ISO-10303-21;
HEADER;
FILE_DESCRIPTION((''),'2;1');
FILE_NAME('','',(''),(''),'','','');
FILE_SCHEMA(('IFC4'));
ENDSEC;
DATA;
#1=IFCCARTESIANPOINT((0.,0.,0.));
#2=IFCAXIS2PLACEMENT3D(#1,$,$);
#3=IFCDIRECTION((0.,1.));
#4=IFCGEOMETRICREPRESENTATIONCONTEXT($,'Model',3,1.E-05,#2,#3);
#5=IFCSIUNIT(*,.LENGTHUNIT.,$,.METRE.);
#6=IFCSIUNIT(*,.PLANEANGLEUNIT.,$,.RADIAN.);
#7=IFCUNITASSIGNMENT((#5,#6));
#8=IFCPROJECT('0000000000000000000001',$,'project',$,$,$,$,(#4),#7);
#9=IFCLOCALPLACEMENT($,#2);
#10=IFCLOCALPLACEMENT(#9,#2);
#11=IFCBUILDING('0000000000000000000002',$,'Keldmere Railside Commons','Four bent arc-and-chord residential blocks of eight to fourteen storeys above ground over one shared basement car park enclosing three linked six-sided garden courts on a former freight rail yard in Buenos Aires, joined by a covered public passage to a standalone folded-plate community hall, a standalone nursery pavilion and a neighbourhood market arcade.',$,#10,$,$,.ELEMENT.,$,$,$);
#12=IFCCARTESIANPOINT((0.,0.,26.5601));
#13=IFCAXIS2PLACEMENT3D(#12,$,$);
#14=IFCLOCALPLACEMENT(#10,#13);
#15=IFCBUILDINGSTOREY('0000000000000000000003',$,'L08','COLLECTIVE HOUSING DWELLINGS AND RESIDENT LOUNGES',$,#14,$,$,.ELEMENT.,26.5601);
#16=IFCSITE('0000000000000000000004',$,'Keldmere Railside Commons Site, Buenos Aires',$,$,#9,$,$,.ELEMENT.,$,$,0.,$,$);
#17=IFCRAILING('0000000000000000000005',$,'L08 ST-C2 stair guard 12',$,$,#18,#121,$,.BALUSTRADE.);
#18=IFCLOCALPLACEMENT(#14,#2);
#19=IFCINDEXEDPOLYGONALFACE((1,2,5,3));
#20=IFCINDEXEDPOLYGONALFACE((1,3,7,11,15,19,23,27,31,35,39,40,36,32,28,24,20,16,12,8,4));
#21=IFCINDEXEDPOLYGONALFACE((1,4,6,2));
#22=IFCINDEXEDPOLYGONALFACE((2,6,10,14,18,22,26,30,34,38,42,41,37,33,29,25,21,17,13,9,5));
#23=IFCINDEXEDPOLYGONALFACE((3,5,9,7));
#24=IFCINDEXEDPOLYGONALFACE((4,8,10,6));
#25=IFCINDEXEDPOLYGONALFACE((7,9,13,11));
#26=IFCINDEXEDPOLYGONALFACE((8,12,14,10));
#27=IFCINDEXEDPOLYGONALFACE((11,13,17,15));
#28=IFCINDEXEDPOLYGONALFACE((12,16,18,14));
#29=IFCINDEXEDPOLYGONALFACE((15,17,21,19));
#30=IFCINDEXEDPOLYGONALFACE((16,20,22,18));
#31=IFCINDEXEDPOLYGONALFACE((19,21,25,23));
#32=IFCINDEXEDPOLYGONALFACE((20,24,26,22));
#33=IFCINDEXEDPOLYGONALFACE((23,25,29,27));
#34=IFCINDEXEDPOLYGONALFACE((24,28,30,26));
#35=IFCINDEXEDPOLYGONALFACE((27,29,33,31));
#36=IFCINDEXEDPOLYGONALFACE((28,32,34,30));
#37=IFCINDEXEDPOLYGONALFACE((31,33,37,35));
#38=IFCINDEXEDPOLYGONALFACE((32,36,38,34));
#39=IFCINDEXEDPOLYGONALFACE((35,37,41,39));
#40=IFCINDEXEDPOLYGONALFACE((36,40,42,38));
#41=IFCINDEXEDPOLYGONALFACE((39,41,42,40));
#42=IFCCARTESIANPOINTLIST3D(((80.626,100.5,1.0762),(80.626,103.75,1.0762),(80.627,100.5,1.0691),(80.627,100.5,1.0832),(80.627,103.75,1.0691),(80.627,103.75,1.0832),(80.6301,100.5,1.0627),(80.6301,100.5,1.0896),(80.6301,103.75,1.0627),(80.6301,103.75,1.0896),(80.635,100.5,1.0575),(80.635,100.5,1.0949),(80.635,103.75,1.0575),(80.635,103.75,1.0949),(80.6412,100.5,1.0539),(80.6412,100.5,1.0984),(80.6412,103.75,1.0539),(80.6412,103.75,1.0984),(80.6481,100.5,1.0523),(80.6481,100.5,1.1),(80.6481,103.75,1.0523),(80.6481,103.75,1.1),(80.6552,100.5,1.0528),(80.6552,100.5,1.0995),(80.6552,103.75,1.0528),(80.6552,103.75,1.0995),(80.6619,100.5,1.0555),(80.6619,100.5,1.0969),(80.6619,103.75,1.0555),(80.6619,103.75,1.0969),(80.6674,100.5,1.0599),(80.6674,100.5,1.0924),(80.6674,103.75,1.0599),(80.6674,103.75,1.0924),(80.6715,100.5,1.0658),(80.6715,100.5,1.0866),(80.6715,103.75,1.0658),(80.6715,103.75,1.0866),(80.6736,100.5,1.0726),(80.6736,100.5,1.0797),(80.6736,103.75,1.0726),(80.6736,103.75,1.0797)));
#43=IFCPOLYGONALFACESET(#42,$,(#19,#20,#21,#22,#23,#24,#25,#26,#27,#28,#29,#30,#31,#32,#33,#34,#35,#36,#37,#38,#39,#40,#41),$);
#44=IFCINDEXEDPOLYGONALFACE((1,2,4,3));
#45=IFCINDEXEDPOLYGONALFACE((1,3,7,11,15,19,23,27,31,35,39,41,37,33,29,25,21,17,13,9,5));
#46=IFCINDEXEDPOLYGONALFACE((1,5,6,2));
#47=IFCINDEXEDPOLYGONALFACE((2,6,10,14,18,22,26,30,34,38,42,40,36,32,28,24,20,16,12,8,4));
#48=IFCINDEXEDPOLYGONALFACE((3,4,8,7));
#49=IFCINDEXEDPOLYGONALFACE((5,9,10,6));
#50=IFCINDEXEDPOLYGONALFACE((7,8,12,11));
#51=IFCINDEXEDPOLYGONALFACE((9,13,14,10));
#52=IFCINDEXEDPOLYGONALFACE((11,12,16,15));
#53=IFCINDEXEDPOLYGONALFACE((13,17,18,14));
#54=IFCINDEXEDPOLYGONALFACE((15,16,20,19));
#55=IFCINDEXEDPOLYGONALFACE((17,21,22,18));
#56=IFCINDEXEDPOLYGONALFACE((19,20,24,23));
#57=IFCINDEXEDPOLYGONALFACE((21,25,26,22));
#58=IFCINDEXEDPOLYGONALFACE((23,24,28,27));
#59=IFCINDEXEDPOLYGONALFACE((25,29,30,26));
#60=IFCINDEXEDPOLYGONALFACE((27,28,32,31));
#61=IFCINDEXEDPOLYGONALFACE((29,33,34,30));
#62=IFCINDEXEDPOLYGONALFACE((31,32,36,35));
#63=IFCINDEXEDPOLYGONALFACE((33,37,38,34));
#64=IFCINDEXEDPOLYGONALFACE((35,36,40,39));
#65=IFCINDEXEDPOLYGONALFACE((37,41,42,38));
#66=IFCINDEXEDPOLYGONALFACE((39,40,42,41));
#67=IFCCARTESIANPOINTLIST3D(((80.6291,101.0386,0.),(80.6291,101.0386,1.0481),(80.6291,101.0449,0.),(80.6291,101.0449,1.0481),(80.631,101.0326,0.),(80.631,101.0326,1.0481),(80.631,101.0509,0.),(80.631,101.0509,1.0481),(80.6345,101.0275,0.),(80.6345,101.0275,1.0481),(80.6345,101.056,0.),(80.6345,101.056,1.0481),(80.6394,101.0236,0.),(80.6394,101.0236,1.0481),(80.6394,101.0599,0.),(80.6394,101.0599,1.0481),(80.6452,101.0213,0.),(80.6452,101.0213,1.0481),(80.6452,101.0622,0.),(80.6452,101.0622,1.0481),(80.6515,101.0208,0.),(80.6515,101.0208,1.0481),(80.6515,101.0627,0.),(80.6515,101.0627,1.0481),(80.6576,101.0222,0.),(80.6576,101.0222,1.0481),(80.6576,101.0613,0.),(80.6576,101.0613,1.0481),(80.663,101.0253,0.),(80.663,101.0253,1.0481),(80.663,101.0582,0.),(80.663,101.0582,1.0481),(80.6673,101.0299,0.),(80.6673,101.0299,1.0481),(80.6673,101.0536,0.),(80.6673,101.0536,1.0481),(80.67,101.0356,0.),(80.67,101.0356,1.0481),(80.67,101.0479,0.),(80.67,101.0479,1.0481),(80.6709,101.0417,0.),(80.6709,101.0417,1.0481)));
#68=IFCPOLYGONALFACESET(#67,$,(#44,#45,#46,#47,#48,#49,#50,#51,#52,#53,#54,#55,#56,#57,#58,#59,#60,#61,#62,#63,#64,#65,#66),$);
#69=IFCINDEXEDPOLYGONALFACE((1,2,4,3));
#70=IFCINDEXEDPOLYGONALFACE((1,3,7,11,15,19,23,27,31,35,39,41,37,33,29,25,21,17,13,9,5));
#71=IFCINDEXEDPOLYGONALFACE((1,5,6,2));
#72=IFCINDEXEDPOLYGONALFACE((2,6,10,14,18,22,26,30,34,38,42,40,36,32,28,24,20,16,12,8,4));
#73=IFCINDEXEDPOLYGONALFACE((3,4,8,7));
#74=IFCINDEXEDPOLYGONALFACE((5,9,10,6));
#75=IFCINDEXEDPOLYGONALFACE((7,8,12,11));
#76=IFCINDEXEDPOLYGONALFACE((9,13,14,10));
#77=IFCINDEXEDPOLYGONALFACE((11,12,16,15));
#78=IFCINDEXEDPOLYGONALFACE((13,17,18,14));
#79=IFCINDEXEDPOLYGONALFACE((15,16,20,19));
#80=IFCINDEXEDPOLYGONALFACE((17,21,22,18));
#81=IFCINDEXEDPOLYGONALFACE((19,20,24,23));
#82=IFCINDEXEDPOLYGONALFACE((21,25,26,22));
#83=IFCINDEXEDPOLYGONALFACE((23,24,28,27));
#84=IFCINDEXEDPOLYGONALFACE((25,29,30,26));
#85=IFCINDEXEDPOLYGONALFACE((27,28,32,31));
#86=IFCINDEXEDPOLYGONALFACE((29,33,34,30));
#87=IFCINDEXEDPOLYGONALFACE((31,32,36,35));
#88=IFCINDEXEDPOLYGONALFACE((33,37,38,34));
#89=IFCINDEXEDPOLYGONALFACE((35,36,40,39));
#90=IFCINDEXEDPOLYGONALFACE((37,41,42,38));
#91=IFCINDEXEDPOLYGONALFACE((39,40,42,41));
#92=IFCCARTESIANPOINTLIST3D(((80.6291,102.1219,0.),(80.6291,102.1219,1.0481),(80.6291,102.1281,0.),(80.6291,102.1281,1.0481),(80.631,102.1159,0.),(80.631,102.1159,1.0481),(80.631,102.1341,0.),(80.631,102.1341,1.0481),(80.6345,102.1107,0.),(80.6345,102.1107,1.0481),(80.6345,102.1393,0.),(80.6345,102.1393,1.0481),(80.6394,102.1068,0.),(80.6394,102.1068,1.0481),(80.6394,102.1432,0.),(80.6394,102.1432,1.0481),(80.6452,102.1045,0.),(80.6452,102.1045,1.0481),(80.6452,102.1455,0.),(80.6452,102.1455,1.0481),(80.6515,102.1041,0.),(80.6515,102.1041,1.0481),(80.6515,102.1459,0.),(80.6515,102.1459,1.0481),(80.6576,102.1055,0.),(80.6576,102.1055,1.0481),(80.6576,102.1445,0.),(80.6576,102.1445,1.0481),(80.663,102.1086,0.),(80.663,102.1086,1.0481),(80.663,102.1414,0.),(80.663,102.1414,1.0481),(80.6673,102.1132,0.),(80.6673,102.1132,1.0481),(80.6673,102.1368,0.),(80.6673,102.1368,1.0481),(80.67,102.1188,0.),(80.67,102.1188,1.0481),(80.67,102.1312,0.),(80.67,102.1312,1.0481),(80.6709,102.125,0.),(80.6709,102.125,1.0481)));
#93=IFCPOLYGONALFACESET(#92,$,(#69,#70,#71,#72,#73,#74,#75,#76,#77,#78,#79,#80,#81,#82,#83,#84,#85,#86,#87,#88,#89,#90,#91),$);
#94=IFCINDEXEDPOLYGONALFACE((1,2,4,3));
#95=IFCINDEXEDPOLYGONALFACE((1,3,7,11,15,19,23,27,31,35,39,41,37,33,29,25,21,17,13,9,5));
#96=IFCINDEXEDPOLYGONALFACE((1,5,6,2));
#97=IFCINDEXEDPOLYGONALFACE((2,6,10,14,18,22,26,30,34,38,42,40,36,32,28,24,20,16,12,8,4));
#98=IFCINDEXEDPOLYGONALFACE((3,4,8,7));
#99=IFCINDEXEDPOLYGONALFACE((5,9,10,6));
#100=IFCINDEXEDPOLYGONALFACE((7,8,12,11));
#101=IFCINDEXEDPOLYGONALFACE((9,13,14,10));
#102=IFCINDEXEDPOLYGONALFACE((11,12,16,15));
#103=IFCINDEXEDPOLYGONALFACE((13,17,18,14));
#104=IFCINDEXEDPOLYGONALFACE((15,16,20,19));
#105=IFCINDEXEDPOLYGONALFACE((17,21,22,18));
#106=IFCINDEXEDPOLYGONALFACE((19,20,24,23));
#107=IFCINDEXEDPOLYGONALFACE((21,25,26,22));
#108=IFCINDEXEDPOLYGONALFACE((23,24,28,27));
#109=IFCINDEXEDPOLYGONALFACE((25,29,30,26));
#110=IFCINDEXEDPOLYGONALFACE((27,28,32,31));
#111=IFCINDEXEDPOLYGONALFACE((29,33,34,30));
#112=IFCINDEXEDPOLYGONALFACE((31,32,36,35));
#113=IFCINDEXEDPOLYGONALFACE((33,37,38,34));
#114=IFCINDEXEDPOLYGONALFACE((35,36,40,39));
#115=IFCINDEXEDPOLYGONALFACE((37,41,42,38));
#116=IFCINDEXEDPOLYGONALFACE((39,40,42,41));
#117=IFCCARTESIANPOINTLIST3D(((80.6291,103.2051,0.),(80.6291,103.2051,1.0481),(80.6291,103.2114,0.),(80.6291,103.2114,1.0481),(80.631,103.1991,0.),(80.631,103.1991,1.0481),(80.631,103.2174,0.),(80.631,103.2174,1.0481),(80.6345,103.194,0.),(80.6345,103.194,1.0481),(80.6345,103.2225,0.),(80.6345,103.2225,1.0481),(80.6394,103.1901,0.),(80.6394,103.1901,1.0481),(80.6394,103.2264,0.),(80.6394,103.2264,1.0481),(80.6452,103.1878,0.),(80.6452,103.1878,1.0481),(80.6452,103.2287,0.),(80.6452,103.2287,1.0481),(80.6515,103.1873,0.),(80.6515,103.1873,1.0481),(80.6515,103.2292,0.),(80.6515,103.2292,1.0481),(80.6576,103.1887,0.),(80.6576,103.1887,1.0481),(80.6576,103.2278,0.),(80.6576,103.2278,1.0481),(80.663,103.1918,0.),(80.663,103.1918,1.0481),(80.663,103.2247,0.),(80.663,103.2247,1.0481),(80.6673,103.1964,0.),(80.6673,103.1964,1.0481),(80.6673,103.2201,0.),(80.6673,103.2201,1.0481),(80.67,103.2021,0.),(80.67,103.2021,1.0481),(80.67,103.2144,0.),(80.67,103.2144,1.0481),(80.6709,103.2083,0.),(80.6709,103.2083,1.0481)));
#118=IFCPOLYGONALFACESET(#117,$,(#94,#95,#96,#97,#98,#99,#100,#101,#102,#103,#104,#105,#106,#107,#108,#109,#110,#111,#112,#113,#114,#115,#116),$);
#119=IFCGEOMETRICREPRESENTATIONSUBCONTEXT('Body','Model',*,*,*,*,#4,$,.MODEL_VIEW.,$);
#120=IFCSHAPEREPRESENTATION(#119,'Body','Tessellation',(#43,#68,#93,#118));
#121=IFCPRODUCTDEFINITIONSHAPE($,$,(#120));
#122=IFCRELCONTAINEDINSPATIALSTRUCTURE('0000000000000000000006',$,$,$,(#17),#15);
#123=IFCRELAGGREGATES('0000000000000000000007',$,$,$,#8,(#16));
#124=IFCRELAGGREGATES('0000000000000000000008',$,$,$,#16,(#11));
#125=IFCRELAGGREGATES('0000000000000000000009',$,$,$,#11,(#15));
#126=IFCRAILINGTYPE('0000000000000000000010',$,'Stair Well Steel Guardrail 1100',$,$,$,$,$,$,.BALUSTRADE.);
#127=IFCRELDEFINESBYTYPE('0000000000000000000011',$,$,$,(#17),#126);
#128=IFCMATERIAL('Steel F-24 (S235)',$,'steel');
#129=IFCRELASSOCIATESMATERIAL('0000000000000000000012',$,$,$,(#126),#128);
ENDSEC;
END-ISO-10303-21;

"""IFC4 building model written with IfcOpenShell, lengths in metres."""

from ifc_helpers import new_model, si_unit, direction, frame, origin, origin_2d, place, context, subcontext, project, spatial, circle, extrude, material, type_object, element, save


model = new_model("IFC4")

# Units and contexts
model_context = context("Model", 3, precision=1e-05, world=origin(), true_north=direction((0.0, 1.0)))
body_context = subcontext(model_context, "Body", "Model", "MODEL_VIEW")
ifc_project = project(units=[si_unit("LENGTHUNIT", "METRE"), si_unit("PLANEANGLEUNIT", "RADIAN")], contexts=[model_context])

# Site, building, storey
site_placement = place(None, origin())
site = spatial("IfcSite", under=ifc_project, at=site_placement, Name="Keldmere Railside Commons Site, Buenos Aires", CompositionType="ELEMENT", RefElevation=0.0)
building_placement = place(site_placement, origin())
building = spatial("IfcBuilding", under=site, at=building_placement, Name="Keldmere Railside Commons", Description="Four bent arc-and-chord residential blocks of eight to fourteen storeys above ground over one shared basement car park enclosing three linked six-sided garden courts on a former freight rail yard in Buenos Aires, joined by a covered public passage to a standalone folded-plate community hall, a standalone nursery pavilion and a neighbourhood market arcade.", CompositionType="ELEMENT")
storey_placement = place(building_placement, frame((0.0, 0.0, 26.5601)))
storey = spatial("IfcBuildingStorey", under=building, at=storey_placement, Name="L08", Description="COLLECTIVE HOUSING DWELLINGS AND RESIDENT LOUNGES", CompositionType="ELEMENT", Elevation=26.5601)

# Railing
ifc_material_1 = material(Name="Steel F-24 (S235)", Category="steel")
railing_type = type_object("IfcRailingType", Name="Stair Well Steel Guardrail 1100", PredefinedType="BALUSTRADE", material=ifc_material_1)
railing_1_placement = place(storey_placement, frame((80.6499, 100.5, 0.0)))
element("IfcRailing", 1, at=railing_1_placement, inside=storey, type_object=railing_type, Name="L08 ST-C2 stair guard 12", PredefinedType="BALUSTRADE", context=body_context, shape_type="SweptSolid", body=[
    extrude(circle(Radius=0.0239, at=origin_2d()), frame((0.0, 0.0, 1.0762), z_axis=(0.0, 1.0, 0.0), x_axis=(-1.0, 0.0, 0.0)), (0.0, 0.0, 1.0), 3.25),
    extrude(circle(Radius=0.021, at=origin_2d()), frame((0.0, 0.5417, 0.0)), (0.0, 0.0, 1.0), 1.0481),
    extrude(circle(Radius=0.021, at=origin_2d()), frame((0.0, 1.625, 0.0)), (0.0, 0.0, 1.0), 1.0481),
    extrude(circle(Radius=0.021, at=origin_2d()), frame((0.0, 2.7083, 0.0)), (0.0, 0.0, 1.0), 1.0481),
])

save(model, "model.ifc")
